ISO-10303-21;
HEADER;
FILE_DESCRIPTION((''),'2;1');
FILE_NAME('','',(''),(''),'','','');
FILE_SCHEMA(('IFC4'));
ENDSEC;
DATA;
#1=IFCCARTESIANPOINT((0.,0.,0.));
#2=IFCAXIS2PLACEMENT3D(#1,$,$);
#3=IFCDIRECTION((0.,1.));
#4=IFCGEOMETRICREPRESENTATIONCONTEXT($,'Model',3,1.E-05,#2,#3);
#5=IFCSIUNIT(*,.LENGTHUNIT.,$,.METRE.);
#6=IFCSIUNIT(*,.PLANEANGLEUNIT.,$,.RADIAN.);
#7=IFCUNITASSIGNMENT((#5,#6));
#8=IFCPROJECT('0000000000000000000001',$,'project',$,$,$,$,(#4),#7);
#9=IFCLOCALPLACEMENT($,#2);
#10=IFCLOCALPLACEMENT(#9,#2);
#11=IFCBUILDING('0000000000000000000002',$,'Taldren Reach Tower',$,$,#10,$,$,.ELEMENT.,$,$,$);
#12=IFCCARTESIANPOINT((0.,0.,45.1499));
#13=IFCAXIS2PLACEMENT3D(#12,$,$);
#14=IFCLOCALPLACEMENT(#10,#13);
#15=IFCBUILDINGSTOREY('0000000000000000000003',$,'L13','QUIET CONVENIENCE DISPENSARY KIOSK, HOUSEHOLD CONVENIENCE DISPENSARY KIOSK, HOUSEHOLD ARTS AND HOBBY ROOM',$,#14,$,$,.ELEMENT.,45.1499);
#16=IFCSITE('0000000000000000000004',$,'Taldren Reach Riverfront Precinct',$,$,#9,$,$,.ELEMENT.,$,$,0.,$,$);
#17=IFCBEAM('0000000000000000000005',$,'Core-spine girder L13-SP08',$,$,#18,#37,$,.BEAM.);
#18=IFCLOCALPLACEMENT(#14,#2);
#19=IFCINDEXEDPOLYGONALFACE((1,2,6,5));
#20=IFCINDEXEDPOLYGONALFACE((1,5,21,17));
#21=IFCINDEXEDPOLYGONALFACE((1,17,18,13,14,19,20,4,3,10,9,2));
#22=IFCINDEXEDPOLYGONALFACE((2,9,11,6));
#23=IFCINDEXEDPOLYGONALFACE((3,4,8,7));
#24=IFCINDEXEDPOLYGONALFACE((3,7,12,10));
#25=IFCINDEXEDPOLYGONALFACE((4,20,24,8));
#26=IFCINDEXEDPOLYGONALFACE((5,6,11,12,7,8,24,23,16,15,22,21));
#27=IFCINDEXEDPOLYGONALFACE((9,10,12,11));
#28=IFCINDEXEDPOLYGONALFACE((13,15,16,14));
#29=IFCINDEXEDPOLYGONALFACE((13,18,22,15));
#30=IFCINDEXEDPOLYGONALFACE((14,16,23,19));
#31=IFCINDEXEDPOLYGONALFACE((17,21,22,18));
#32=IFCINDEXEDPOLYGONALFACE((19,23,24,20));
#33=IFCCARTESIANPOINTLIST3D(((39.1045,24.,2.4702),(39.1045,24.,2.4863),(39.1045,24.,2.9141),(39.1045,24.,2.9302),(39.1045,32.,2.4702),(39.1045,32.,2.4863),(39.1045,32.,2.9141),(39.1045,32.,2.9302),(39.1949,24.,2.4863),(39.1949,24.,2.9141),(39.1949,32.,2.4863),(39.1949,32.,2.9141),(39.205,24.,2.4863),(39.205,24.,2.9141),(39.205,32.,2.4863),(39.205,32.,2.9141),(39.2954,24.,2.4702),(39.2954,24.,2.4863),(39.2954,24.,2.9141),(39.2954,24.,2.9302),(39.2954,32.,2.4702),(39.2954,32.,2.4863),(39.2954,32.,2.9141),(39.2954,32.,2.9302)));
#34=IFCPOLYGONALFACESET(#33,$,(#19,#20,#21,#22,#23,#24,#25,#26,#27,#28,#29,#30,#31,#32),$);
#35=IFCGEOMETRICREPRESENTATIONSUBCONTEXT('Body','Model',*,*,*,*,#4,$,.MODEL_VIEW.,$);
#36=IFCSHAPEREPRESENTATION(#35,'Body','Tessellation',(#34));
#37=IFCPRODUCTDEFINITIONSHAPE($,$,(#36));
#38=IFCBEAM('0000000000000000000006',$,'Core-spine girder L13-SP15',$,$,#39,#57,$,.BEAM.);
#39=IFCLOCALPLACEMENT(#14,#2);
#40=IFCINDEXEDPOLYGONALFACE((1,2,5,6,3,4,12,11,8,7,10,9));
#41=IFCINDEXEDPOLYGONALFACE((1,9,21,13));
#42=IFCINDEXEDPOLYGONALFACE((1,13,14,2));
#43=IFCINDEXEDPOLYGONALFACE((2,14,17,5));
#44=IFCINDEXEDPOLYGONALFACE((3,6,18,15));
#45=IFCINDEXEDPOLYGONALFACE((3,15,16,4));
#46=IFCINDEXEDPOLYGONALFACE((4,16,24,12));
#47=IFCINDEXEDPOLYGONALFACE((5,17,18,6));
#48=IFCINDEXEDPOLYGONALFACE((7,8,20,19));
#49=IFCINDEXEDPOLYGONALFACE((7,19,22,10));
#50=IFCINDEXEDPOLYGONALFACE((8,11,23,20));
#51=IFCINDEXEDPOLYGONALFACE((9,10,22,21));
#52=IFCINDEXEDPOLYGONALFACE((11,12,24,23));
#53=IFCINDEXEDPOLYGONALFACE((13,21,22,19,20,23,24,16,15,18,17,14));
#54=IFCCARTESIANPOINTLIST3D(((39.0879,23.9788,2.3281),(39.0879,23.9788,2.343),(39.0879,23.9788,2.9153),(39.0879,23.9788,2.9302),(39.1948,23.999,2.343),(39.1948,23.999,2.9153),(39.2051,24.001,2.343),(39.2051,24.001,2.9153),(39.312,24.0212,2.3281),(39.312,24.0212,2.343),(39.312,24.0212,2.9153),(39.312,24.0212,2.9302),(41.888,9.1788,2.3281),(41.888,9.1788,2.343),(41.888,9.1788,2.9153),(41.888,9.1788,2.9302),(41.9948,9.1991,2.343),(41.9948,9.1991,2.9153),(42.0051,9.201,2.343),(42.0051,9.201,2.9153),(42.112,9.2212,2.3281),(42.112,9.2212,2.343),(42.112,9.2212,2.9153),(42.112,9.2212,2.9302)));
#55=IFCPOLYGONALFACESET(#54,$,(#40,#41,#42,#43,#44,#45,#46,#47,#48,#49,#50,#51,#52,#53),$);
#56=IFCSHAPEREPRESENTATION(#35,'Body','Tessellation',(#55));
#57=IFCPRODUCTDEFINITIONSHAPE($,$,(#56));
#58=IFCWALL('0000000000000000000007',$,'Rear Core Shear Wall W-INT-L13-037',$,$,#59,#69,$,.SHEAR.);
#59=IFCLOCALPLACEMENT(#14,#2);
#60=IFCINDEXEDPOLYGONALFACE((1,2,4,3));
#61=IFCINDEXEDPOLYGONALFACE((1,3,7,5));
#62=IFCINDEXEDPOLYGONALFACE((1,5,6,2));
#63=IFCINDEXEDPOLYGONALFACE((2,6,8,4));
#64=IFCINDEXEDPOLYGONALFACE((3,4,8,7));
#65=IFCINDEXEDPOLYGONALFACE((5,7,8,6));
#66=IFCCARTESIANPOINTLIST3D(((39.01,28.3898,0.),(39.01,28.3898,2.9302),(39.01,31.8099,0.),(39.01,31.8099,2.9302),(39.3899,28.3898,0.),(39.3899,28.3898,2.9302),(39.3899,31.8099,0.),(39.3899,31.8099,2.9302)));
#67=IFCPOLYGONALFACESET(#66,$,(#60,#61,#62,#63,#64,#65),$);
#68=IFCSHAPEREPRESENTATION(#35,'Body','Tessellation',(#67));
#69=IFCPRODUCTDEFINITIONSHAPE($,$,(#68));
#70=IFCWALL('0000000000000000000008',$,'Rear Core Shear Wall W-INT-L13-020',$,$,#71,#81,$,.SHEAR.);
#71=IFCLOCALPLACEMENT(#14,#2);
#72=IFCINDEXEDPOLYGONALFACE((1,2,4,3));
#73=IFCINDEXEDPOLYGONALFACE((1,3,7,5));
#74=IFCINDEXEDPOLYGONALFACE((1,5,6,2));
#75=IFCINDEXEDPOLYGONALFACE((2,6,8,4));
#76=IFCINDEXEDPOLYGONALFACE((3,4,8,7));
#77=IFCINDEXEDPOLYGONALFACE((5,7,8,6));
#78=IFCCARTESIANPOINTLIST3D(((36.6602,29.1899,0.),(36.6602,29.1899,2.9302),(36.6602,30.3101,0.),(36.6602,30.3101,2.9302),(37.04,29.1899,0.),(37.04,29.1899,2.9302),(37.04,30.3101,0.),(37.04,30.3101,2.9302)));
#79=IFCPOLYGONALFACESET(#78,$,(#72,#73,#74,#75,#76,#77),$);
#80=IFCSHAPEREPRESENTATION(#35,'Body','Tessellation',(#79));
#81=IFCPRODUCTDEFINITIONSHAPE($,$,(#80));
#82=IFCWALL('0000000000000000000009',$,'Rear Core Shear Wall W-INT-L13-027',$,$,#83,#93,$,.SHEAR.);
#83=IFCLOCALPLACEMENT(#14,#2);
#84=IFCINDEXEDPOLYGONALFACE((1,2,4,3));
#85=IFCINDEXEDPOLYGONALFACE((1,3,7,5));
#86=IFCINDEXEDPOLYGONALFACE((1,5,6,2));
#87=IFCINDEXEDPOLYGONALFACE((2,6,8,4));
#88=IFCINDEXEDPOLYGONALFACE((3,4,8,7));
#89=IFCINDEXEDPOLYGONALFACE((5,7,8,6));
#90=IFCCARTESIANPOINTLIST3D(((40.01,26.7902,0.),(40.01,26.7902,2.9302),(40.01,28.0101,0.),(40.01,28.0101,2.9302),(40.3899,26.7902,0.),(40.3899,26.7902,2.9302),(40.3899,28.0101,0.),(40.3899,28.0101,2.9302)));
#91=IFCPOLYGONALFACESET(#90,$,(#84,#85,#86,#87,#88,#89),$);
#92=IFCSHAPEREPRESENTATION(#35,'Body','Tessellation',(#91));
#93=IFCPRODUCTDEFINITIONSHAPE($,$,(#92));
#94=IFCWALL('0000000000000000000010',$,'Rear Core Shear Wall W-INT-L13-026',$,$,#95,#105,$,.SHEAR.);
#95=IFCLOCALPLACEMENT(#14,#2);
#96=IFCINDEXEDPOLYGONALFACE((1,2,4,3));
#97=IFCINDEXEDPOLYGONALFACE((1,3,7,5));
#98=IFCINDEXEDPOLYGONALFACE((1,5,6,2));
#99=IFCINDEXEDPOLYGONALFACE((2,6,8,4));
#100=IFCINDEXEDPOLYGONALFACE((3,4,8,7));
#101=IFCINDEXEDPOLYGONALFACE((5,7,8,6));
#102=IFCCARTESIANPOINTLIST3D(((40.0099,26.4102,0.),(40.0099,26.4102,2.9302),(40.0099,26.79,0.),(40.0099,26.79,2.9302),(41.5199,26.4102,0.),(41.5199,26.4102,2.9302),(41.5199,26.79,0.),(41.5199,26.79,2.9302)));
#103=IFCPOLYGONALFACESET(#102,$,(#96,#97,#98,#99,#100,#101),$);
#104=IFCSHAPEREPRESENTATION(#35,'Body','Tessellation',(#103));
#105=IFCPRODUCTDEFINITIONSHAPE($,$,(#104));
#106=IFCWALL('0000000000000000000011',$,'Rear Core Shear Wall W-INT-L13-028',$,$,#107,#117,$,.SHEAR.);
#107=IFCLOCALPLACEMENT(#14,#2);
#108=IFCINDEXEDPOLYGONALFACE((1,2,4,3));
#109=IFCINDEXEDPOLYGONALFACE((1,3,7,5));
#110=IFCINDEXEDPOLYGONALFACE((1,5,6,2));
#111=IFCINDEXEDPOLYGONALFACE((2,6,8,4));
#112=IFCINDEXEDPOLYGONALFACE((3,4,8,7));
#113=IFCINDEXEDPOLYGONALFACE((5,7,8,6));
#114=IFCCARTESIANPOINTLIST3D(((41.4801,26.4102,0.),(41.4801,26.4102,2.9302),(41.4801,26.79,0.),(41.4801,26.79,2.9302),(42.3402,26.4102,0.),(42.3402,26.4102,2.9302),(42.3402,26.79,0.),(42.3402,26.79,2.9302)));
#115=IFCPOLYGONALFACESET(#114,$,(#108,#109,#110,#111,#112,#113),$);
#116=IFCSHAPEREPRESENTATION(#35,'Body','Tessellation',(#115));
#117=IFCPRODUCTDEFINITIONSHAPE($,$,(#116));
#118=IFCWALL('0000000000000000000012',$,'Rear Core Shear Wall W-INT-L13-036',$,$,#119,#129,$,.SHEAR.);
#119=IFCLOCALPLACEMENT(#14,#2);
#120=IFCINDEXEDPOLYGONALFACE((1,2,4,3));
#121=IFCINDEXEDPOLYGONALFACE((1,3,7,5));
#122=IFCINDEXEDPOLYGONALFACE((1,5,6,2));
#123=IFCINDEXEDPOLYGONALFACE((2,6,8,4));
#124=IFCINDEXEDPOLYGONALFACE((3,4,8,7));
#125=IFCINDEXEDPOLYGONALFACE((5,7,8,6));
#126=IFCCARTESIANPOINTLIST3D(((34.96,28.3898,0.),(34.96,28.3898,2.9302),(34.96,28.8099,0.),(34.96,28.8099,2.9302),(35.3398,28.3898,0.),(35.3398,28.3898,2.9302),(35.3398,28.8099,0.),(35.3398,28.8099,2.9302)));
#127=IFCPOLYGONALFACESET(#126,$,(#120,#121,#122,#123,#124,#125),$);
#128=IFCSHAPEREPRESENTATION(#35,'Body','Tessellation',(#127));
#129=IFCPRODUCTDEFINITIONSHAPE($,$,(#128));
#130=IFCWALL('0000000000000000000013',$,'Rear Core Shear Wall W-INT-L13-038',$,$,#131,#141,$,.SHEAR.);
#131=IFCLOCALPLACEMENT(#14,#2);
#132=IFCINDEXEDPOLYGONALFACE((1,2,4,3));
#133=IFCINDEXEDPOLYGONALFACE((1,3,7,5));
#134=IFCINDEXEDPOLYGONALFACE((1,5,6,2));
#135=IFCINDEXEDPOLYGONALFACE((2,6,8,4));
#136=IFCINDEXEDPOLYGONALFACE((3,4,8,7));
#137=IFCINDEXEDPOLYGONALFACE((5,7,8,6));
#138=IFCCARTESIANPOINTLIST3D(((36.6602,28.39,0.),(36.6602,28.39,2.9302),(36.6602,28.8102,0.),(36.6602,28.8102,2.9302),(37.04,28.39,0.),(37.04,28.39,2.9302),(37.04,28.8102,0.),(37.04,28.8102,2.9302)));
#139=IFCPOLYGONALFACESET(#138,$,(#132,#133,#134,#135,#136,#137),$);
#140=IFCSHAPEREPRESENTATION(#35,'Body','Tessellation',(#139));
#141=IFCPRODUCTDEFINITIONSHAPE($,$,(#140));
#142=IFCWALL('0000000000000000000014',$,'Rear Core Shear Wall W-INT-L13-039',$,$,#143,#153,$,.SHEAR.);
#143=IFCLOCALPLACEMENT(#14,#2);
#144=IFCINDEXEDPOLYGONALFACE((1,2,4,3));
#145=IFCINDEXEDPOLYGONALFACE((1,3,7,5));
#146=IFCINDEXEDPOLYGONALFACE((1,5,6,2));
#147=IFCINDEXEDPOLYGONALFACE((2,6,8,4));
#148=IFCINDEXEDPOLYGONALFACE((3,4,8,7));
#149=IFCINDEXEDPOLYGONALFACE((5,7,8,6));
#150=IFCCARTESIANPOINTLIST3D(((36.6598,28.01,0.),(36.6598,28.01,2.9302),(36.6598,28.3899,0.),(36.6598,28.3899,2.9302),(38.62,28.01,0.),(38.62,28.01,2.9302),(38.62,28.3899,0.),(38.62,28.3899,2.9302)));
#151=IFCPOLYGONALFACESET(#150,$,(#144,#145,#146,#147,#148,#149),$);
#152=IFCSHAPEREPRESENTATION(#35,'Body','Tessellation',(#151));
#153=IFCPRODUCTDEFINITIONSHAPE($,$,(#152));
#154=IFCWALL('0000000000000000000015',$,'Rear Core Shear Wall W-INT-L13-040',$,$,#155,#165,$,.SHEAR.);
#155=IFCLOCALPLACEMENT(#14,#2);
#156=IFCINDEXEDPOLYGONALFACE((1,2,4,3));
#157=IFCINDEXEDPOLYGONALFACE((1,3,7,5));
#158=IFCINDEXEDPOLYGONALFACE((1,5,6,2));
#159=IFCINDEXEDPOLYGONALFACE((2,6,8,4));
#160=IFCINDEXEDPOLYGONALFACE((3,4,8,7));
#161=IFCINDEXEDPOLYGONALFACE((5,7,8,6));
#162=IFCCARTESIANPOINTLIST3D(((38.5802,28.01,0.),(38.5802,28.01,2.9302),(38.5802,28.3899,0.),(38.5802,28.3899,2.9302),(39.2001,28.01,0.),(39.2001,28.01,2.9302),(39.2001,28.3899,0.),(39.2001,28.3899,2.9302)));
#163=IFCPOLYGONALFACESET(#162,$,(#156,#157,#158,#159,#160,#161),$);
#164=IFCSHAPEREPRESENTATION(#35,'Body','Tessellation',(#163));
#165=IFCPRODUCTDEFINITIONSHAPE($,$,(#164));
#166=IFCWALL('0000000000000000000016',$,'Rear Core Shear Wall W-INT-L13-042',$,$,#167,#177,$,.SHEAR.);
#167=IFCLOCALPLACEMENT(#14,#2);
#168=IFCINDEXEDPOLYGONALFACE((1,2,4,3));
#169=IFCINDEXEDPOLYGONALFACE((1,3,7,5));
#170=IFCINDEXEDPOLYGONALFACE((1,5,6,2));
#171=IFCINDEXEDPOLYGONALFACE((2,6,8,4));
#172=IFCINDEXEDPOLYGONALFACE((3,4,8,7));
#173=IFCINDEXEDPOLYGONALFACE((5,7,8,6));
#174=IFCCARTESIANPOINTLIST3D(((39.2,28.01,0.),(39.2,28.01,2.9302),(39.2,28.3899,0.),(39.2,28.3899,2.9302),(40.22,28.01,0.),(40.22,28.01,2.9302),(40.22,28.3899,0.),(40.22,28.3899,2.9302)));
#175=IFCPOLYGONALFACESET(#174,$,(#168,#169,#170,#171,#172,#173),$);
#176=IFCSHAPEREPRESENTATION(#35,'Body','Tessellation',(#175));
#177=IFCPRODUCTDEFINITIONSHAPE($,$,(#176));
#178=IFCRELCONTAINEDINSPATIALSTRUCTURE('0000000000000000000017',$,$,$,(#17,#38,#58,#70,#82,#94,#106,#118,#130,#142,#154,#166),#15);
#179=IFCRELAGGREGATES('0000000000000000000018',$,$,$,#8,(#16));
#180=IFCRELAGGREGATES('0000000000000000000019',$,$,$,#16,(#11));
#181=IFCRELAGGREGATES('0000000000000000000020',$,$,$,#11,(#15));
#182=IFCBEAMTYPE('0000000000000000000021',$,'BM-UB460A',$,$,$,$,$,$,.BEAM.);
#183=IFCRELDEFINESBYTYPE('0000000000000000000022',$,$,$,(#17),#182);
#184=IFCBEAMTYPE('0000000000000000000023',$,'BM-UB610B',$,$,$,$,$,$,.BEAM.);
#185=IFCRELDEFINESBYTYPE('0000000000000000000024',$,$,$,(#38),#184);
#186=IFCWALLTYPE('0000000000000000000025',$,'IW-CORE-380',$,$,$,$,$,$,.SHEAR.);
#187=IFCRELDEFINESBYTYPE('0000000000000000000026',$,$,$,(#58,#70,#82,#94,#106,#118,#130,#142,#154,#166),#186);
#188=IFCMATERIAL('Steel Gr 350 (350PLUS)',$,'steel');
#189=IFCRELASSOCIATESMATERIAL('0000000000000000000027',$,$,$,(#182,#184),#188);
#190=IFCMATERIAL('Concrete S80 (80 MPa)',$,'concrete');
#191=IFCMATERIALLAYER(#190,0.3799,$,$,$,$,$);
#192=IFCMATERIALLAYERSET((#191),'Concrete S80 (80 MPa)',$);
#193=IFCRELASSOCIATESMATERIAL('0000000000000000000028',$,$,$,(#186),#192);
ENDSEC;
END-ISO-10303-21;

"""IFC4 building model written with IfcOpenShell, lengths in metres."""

from ifc_helpers import new_model, si_unit, direction, frame, frame_2d, origin, origin_2d, place, context, subcontext, project, spatial, rectangle, i_section, extrude, source, transform, mapped, material, layer, layer_set, material_profile, profile_set, type_object, element, save


model = new_model("IFC4")

# Units and contexts
model_context = context("Model", 3, precision=1e-05, world=origin(), true_north=direction((0.0, 1.0)))
body_context = subcontext(model_context, "Body", "Model", "MODEL_VIEW")
ifc_project = project(units=[si_unit("LENGTHUNIT", "METRE"), si_unit("PLANEANGLEUNIT", "RADIAN")], contexts=[model_context])

# Site, building, storey
site_placement = place(None, origin())
site = spatial("IfcSite", under=ifc_project, at=site_placement, Name="Taldren Reach Riverfront Precinct", CompositionType="ELEMENT", RefElevation=0.0)
building_placement = place(site_placement, origin())
building = spatial("IfcBuilding", under=site, at=building_placement, Name="Taldren Reach Tower", CompositionType="ELEMENT")
storey_placement = place(building_placement, frame((0.0, 0.0, 45.1499)))
storey = spatial("IfcBuildingStorey", under=building, at=storey_placement, Name="L13", Description="QUIET CONVENIENCE DISPENSARY KIOSK, HOUSEHOLD CONVENIENCE DISPENSARY KIOSK, HOUSEHOLD ARTS AND HOBBY ROOM", CompositionType="ELEMENT", Elevation=45.1499)

# Beams
ifc_material_1 = material(Name="Steel Gr 350 (350PLUS)", Category="steel")
ifc_material_profile_1 = material_profile(ifc_material_1, i_section(OverallWidth=0.1909, OverallDepth=0.46, WebThickness=0.01, FlangeThickness=0.0161, at=origin_2d()), Name="460UB82.1")
ifc_profile_set_1 = profile_set([ifc_material_profile_1], Name="Steel Gr 350 (350PLUS)")
beam_type_1 = type_object("IfcBeamType", Name="BM-UB460A", PredefinedType="BEAM", material=ifc_profile_set_1)
shared_shape_1 = source(origin(), body_context, "Body", "SweptSolid", [
    extrude(i_section(OverallWidth=0.1909, OverallDepth=0.46, WebThickness=0.01, FlangeThickness=0.0161, at=origin_2d()), origin(), (0.0, 0.0, 1.0), 8.0),
])
beam_1_placement = place(storey_placement, frame((39.2, 24.0, 2.7002), z_axis=(0.0, 1.0, 0.0), x_axis=(-1.0, 0.0, 0.0)))
element("IfcBeam", 1, at=beam_1_placement, inside=storey, type_object=beam_type_1, Name="Core-spine girder L13-SP08", PredefinedType="BEAM", context=body_context, shape_type="MappedRepresentation", body=[
    mapped(shared_shape_1, transform((0.0, 0.0, 0.0), scale=1.0)),
])
ifc_material_profile_2 = material_profile(ifc_material_1, i_section(OverallWidth=0.228, OverallDepth=0.6021, WebThickness=0.0105, FlangeThickness=0.0149, at=origin_2d()), Name="610UB101")
ifc_profile_set_2 = profile_set([ifc_material_profile_2], Name="Steel Gr 350 (350PLUS)")
beam_type_2 = type_object("IfcBeamType", Name="BM-UB610B", PredefinedType="BEAM", material=ifc_profile_set_2)
shared_shape_2 = source(origin(), body_context, "Body", "SweptSolid", [
    extrude(i_section(OverallWidth=0.228, OverallDepth=0.6021, WebThickness=0.0105, FlangeThickness=0.0149, at=origin_2d()), origin(), (0.0, 0.0, 1.0), 15.0625),
])
beam_2_placement = place(storey_placement, frame((39.2, 24.0, 2.6292), z_axis=(0.185894, -0.98257, 0.0), x_axis=(0.98257, 0.185894, 0.0)))
element("IfcBeam", 2, at=beam_2_placement, inside=storey, type_object=beam_type_2, Name="Core-spine girder L13-SP15", PredefinedType="BEAM", context=body_context, shape_type="MappedRepresentation", body=[
    mapped(shared_shape_2, transform((0.0, 0.0, 0.0), scale=1.0)),
])

# Walls
ifc_material_2 = material(Name="Concrete S80 (80 MPa)", Category="concrete")
ifc_layer_1 = layer(ifc_material_2, 0.3799)
ifc_layer_set_1 = layer_set([ifc_layer_1], Name="Concrete S80 (80 MPa)")
wall_type_1 = type_object("IfcWallType", Name="IW-CORE-380", PredefinedType="SHEAR", material=ifc_layer_set_1)
shared_shape_3 = source(origin(), body_context, "Body", "SweptSolid", [
    extrude(rectangle(XDim=3.4202, YDim=0.3799, at=frame_2d((1.71, 0.0))), origin(), (0.0, 0.0, 1.0), 2.9302),
])
wall_1_placement = place(storey_placement, frame((39.2, 28.3899, 0.0), z_axis=(0.0, 0.0, 1.0), x_axis=(0.0, 1.0, 0.0)))
element("IfcWall", 3, at=wall_1_placement, inside=storey, type_object=wall_type_1, Name="Rear Core Shear Wall W-INT-L13-037", PredefinedType="SHEAR", context=body_context, shape_type="MappedRepresentation", body=[
    mapped(shared_shape_3, transform((0.0, 0.0, 0.0), scale=1.0)),
])
shared_shape_4 = source(origin(), body_context, "Body", "SweptSolid", [
    extrude(rectangle(XDim=1.1201, YDim=0.3799, at=frame_2d((0.5601, 0.0))), origin(), (0.0, 0.0, 1.0), 2.9302),
])
wall_2_placement = place(storey_placement, frame((36.8501, 29.1899, 0.0), z_axis=(0.0, 0.0, 1.0), x_axis=(0.0, 1.0, 0.0)))
element("IfcWall", 4, at=wall_2_placement, inside=storey, type_object=wall_type_1, Name="Rear Core Shear Wall W-INT-L13-020", PredefinedType="SHEAR", context=body_context, shape_type="MappedRepresentation", body=[
    mapped(shared_shape_4, transform((0.0, 0.0, 0.0), scale=1.0)),
])
shared_shape_5 = source(origin(), body_context, "Body", "SweptSolid", [
    extrude(rectangle(XDim=1.22, YDim=0.3799, at=frame_2d((0.6099, 0.0))), origin(), (0.0, 0.0, 1.0), 2.9302),
])
wall_3_placement = place(storey_placement, frame((40.2, 28.01, 0.0), z_axis=(0.0, 0.0, 1.0), x_axis=(0.0, -1.0, 0.0)))
element("IfcWall", 5, at=wall_3_placement, inside=storey, type_object=wall_type_1, Name="Rear Core Shear Wall W-INT-L13-027", PredefinedType="SHEAR", context=body_context, shape_type="MappedRepresentation", body=[
    mapped(shared_shape_5, transform((0.0, 0.0, 0.0), scale=1.0)),
])
shared_shape_6 = source(origin(), body_context, "Body", "SweptSolid", [
    extrude(rectangle(XDim=1.51, YDim=0.3799, at=frame_2d((0.7549, 0.0))), origin(), (0.0, 0.0, 1.0), 2.9302),
])
wall_4_placement = place(storey_placement, frame((40.01, 26.6001, 0.0), z_axis=(0.0, 0.0, 1.0), x_axis=(1.0, 0.0, 0.0)))
element("IfcWall", 6, at=wall_4_placement, inside=storey, type_object=wall_type_1, Name="Rear Core Shear Wall W-INT-L13-026", PredefinedType="SHEAR", context=body_context, shape_type="MappedRepresentation", body=[
    mapped(shared_shape_6, transform((0.0, 0.0, 0.0), scale=1.0)),
])
shared_shape_7 = source(origin(), body_context, "Body", "SweptSolid", [
    extrude(rectangle(XDim=0.8601, YDim=0.3799, at=frame_2d((0.4302, 0.0))), origin(), (0.0, 0.0, 1.0), 2.9302),
])
wall_5_placement = place(storey_placement, frame((41.48, 26.6001, 0.0), z_axis=(0.0, 0.0, 1.0), x_axis=(1.0, 0.0, 0.0)))
element("IfcWall", 7, at=wall_5_placement, inside=storey, type_object=wall_type_1, Name="Rear Core Shear Wall W-INT-L13-028", PredefinedType="SHEAR", context=body_context, shape_type="MappedRepresentation", body=[
    mapped(shared_shape_7, transform((0.0, 0.0, 0.0), scale=1.0)),
])
shared_shape_8 = source(origin(), body_context, "Body", "SweptSolid", [
    extrude(rectangle(XDim=0.4202, YDim=0.3799, at=frame_2d((0.21, 0.0))), origin(), (0.0, 0.0, 1.0), 2.9302),
])
for number, where, z_axis, x_axis, name in (
    (8, (35.1499, 28.3899, 0.0), (0.0, 0.0, 1.0), (0.0, 1.0, 0.0), "Rear Core Shear Wall W-INT-L13-036"),
    (9, (36.8501, 28.8101, 0.0), (0.0, 0.0, 1.0), (0.0, -1.0, 0.0), "Rear Core Shear Wall W-INT-L13-038"),
):
    element("IfcWall", number, at=place(storey_placement, frame(where, z_axis=z_axis, x_axis=x_axis)), inside=storey, type_object=wall_type_1, Name=name, PredefinedType="SHEAR", context=body_context, shape_type="MappedRepresentation", body=[
        mapped(shared_shape_8, transform((0.0, 0.0, 0.0), scale=1.0)),
    ])
shared_shape_9 = source(origin(), body_context, "Body", "SweptSolid", [
    extrude(rectangle(XDim=1.9602, YDim=0.3799, at=frame_2d((0.98, 0.0))), origin(), (0.0, 0.0, 1.0), 2.9302),
])
wall_6_placement = place(storey_placement, frame((36.6599, 28.2, 0.0), z_axis=(0.0, 0.0, 1.0), x_axis=(1.0, 0.0, 0.0)))
element("IfcWall", 10, at=wall_6_placement, inside=storey, type_object=wall_type_1, Name="Rear Core Shear Wall W-INT-L13-039", PredefinedType="SHEAR", context=body_context, shape_type="MappedRepresentation", body=[
    mapped(shared_shape_9, transform((0.0, 0.0, 0.0), scale=1.0)),
])
shared_shape_10 = source(origin(), body_context, "Body", "SweptSolid", [
    extrude(rectangle(XDim=0.6199, YDim=0.3799, at=frame_2d((0.3101, 0.0))), origin(), (0.0, 0.0, 1.0), 2.9302),
])
wall_7_placement = place(storey_placement, frame((38.5801, 28.2, 0.0), z_axis=(0.0, 0.0, 1.0), x_axis=(1.0, 0.0, 0.0)))
element("IfcWall", 11, at=wall_7_placement, inside=storey, type_object=wall_type_1, Name="Rear Core Shear Wall W-INT-L13-040", PredefinedType="SHEAR", context=body_context, shape_type="MappedRepresentation", body=[
    mapped(shared_shape_10, transform((0.0, 0.0, 0.0), scale=1.0)),
])
shared_shape_11 = source(origin(), body_context, "Body", "SweptSolid", [
    extrude(rectangle(XDim=1.02, YDim=0.3799, at=frame_2d((0.51, 0.0))), origin(), (0.0, 0.0, 1.0), 2.9302),
])
wall_8_placement = place(storey_placement, frame((39.2, 28.2, 0.0), z_axis=(0.0, 0.0, 1.0), x_axis=(1.0, 0.0, 0.0)))
element("IfcWall", 12, at=wall_8_placement, inside=storey, type_object=wall_type_1, Name="Rear Core Shear Wall W-INT-L13-042", PredefinedType="SHEAR", context=body_context, shape_type="MappedRepresentation", body=[
    mapped(shared_shape_11, transform((0.0, 0.0, 0.0), scale=1.0)),
])

save(model, "model.ifc")
